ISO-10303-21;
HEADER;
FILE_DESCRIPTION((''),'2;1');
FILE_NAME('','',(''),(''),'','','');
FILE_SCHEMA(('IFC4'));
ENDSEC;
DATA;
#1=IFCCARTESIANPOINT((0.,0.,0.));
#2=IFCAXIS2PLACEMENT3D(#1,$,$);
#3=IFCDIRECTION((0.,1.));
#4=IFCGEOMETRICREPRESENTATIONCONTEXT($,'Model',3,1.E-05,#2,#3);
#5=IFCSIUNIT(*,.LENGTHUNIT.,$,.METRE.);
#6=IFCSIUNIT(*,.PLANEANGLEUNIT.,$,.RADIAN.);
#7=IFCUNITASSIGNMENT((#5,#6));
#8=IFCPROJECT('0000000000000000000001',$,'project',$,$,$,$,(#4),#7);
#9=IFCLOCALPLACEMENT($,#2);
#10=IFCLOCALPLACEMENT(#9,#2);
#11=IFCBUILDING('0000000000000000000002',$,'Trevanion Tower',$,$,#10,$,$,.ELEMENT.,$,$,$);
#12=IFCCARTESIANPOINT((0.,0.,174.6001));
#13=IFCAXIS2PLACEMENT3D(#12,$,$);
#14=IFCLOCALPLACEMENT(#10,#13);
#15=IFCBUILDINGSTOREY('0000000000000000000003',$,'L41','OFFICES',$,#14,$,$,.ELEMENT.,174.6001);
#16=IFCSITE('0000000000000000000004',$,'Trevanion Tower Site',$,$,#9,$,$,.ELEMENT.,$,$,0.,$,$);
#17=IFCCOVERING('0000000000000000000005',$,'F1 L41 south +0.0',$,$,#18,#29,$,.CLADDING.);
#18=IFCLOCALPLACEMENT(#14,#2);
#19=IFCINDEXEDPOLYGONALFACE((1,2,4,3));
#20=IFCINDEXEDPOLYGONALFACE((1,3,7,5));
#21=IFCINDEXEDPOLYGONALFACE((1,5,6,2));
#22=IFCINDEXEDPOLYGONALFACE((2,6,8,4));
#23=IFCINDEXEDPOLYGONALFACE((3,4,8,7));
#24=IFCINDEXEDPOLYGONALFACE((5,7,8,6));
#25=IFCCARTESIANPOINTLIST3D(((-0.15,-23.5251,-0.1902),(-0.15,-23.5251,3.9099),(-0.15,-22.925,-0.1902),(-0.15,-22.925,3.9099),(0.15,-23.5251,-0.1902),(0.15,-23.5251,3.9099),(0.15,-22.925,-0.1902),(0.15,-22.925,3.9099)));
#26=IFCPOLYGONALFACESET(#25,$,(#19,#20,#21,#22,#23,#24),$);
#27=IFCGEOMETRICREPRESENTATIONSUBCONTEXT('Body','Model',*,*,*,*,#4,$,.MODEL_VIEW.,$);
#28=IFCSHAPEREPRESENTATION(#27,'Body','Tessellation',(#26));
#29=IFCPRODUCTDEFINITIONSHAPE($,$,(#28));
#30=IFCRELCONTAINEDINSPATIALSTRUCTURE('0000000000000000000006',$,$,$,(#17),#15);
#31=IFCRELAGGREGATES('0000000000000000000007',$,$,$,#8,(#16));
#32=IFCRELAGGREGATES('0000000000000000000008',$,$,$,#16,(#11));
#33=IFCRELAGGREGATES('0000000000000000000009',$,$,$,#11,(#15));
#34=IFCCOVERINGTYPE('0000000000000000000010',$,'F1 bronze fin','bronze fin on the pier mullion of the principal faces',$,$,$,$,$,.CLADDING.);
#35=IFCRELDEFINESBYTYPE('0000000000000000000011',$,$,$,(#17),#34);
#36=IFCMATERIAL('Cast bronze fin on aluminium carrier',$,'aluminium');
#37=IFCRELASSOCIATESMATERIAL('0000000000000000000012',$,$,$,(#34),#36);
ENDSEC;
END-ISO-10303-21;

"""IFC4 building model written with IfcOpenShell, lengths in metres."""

from ifc_helpers import new_model, si_unit, direction, frame, origin, origin_2d, place, context, subcontext, project, spatial, rectangle, extrude, material, type_object, element, save


model = new_model("IFC4")

# Units and contexts
model_context = context("Model", 3, precision=1e-05, world=origin(), true_north=direction((0.0, 1.0)))
body_context = subcontext(model_context, "Body", "Model", "MODEL_VIEW")
ifc_project = project(units=[si_unit("LENGTHUNIT", "METRE"), si_unit("PLANEANGLEUNIT", "RADIAN")], contexts=[model_context])

# Site, building, storey
site_placement = place(None, origin())
site = spatial("IfcSite", under=ifc_project, at=site_placement, Name="Trevanion Tower Site", CompositionType="ELEMENT", RefElevation=0.0)
building_placement = place(site_placement, origin())
building = spatial("IfcBuilding", under=site, at=building_placement, Name="Trevanion Tower", CompositionType="ELEMENT")
storey_placement = place(building_placement, frame((0.0, 0.0, 174.6001)))
storey = spatial("IfcBuildingStorey", under=building, at=storey_placement, Name="L41", Description="OFFICES", CompositionType="ELEMENT", Elevation=174.6001)

# Covering
ifc_material_1 = material(Name="Cast bronze fin on aluminium carrier", Category="aluminium")
covering_type = type_object("IfcCoveringType", Name="F1 bronze fin", Description="bronze fin on the pier mullion of the principal faces", PredefinedType="CLADDING", material=ifc_material_1)
covering_placement = place(storey_placement, frame((0.0, -23.2251, -0.1902), z_axis=(0.0, 0.0, 1.0), x_axis=(1.0, 0.0, 0.0)))
element("IfcCovering", 1, at=covering_placement, inside=storey, type_object=covering_type, Name="F1 L41 south +0.0", PredefinedType="CLADDING", context=body_context, shape_type="SweptSolid", body=[
    extrude(rectangle(XDim=0.3, YDim=0.6001, at=origin_2d()), origin(), (0.0, 0.0, 1.0), 4.1001),
])

save(model, "model.ifc")
